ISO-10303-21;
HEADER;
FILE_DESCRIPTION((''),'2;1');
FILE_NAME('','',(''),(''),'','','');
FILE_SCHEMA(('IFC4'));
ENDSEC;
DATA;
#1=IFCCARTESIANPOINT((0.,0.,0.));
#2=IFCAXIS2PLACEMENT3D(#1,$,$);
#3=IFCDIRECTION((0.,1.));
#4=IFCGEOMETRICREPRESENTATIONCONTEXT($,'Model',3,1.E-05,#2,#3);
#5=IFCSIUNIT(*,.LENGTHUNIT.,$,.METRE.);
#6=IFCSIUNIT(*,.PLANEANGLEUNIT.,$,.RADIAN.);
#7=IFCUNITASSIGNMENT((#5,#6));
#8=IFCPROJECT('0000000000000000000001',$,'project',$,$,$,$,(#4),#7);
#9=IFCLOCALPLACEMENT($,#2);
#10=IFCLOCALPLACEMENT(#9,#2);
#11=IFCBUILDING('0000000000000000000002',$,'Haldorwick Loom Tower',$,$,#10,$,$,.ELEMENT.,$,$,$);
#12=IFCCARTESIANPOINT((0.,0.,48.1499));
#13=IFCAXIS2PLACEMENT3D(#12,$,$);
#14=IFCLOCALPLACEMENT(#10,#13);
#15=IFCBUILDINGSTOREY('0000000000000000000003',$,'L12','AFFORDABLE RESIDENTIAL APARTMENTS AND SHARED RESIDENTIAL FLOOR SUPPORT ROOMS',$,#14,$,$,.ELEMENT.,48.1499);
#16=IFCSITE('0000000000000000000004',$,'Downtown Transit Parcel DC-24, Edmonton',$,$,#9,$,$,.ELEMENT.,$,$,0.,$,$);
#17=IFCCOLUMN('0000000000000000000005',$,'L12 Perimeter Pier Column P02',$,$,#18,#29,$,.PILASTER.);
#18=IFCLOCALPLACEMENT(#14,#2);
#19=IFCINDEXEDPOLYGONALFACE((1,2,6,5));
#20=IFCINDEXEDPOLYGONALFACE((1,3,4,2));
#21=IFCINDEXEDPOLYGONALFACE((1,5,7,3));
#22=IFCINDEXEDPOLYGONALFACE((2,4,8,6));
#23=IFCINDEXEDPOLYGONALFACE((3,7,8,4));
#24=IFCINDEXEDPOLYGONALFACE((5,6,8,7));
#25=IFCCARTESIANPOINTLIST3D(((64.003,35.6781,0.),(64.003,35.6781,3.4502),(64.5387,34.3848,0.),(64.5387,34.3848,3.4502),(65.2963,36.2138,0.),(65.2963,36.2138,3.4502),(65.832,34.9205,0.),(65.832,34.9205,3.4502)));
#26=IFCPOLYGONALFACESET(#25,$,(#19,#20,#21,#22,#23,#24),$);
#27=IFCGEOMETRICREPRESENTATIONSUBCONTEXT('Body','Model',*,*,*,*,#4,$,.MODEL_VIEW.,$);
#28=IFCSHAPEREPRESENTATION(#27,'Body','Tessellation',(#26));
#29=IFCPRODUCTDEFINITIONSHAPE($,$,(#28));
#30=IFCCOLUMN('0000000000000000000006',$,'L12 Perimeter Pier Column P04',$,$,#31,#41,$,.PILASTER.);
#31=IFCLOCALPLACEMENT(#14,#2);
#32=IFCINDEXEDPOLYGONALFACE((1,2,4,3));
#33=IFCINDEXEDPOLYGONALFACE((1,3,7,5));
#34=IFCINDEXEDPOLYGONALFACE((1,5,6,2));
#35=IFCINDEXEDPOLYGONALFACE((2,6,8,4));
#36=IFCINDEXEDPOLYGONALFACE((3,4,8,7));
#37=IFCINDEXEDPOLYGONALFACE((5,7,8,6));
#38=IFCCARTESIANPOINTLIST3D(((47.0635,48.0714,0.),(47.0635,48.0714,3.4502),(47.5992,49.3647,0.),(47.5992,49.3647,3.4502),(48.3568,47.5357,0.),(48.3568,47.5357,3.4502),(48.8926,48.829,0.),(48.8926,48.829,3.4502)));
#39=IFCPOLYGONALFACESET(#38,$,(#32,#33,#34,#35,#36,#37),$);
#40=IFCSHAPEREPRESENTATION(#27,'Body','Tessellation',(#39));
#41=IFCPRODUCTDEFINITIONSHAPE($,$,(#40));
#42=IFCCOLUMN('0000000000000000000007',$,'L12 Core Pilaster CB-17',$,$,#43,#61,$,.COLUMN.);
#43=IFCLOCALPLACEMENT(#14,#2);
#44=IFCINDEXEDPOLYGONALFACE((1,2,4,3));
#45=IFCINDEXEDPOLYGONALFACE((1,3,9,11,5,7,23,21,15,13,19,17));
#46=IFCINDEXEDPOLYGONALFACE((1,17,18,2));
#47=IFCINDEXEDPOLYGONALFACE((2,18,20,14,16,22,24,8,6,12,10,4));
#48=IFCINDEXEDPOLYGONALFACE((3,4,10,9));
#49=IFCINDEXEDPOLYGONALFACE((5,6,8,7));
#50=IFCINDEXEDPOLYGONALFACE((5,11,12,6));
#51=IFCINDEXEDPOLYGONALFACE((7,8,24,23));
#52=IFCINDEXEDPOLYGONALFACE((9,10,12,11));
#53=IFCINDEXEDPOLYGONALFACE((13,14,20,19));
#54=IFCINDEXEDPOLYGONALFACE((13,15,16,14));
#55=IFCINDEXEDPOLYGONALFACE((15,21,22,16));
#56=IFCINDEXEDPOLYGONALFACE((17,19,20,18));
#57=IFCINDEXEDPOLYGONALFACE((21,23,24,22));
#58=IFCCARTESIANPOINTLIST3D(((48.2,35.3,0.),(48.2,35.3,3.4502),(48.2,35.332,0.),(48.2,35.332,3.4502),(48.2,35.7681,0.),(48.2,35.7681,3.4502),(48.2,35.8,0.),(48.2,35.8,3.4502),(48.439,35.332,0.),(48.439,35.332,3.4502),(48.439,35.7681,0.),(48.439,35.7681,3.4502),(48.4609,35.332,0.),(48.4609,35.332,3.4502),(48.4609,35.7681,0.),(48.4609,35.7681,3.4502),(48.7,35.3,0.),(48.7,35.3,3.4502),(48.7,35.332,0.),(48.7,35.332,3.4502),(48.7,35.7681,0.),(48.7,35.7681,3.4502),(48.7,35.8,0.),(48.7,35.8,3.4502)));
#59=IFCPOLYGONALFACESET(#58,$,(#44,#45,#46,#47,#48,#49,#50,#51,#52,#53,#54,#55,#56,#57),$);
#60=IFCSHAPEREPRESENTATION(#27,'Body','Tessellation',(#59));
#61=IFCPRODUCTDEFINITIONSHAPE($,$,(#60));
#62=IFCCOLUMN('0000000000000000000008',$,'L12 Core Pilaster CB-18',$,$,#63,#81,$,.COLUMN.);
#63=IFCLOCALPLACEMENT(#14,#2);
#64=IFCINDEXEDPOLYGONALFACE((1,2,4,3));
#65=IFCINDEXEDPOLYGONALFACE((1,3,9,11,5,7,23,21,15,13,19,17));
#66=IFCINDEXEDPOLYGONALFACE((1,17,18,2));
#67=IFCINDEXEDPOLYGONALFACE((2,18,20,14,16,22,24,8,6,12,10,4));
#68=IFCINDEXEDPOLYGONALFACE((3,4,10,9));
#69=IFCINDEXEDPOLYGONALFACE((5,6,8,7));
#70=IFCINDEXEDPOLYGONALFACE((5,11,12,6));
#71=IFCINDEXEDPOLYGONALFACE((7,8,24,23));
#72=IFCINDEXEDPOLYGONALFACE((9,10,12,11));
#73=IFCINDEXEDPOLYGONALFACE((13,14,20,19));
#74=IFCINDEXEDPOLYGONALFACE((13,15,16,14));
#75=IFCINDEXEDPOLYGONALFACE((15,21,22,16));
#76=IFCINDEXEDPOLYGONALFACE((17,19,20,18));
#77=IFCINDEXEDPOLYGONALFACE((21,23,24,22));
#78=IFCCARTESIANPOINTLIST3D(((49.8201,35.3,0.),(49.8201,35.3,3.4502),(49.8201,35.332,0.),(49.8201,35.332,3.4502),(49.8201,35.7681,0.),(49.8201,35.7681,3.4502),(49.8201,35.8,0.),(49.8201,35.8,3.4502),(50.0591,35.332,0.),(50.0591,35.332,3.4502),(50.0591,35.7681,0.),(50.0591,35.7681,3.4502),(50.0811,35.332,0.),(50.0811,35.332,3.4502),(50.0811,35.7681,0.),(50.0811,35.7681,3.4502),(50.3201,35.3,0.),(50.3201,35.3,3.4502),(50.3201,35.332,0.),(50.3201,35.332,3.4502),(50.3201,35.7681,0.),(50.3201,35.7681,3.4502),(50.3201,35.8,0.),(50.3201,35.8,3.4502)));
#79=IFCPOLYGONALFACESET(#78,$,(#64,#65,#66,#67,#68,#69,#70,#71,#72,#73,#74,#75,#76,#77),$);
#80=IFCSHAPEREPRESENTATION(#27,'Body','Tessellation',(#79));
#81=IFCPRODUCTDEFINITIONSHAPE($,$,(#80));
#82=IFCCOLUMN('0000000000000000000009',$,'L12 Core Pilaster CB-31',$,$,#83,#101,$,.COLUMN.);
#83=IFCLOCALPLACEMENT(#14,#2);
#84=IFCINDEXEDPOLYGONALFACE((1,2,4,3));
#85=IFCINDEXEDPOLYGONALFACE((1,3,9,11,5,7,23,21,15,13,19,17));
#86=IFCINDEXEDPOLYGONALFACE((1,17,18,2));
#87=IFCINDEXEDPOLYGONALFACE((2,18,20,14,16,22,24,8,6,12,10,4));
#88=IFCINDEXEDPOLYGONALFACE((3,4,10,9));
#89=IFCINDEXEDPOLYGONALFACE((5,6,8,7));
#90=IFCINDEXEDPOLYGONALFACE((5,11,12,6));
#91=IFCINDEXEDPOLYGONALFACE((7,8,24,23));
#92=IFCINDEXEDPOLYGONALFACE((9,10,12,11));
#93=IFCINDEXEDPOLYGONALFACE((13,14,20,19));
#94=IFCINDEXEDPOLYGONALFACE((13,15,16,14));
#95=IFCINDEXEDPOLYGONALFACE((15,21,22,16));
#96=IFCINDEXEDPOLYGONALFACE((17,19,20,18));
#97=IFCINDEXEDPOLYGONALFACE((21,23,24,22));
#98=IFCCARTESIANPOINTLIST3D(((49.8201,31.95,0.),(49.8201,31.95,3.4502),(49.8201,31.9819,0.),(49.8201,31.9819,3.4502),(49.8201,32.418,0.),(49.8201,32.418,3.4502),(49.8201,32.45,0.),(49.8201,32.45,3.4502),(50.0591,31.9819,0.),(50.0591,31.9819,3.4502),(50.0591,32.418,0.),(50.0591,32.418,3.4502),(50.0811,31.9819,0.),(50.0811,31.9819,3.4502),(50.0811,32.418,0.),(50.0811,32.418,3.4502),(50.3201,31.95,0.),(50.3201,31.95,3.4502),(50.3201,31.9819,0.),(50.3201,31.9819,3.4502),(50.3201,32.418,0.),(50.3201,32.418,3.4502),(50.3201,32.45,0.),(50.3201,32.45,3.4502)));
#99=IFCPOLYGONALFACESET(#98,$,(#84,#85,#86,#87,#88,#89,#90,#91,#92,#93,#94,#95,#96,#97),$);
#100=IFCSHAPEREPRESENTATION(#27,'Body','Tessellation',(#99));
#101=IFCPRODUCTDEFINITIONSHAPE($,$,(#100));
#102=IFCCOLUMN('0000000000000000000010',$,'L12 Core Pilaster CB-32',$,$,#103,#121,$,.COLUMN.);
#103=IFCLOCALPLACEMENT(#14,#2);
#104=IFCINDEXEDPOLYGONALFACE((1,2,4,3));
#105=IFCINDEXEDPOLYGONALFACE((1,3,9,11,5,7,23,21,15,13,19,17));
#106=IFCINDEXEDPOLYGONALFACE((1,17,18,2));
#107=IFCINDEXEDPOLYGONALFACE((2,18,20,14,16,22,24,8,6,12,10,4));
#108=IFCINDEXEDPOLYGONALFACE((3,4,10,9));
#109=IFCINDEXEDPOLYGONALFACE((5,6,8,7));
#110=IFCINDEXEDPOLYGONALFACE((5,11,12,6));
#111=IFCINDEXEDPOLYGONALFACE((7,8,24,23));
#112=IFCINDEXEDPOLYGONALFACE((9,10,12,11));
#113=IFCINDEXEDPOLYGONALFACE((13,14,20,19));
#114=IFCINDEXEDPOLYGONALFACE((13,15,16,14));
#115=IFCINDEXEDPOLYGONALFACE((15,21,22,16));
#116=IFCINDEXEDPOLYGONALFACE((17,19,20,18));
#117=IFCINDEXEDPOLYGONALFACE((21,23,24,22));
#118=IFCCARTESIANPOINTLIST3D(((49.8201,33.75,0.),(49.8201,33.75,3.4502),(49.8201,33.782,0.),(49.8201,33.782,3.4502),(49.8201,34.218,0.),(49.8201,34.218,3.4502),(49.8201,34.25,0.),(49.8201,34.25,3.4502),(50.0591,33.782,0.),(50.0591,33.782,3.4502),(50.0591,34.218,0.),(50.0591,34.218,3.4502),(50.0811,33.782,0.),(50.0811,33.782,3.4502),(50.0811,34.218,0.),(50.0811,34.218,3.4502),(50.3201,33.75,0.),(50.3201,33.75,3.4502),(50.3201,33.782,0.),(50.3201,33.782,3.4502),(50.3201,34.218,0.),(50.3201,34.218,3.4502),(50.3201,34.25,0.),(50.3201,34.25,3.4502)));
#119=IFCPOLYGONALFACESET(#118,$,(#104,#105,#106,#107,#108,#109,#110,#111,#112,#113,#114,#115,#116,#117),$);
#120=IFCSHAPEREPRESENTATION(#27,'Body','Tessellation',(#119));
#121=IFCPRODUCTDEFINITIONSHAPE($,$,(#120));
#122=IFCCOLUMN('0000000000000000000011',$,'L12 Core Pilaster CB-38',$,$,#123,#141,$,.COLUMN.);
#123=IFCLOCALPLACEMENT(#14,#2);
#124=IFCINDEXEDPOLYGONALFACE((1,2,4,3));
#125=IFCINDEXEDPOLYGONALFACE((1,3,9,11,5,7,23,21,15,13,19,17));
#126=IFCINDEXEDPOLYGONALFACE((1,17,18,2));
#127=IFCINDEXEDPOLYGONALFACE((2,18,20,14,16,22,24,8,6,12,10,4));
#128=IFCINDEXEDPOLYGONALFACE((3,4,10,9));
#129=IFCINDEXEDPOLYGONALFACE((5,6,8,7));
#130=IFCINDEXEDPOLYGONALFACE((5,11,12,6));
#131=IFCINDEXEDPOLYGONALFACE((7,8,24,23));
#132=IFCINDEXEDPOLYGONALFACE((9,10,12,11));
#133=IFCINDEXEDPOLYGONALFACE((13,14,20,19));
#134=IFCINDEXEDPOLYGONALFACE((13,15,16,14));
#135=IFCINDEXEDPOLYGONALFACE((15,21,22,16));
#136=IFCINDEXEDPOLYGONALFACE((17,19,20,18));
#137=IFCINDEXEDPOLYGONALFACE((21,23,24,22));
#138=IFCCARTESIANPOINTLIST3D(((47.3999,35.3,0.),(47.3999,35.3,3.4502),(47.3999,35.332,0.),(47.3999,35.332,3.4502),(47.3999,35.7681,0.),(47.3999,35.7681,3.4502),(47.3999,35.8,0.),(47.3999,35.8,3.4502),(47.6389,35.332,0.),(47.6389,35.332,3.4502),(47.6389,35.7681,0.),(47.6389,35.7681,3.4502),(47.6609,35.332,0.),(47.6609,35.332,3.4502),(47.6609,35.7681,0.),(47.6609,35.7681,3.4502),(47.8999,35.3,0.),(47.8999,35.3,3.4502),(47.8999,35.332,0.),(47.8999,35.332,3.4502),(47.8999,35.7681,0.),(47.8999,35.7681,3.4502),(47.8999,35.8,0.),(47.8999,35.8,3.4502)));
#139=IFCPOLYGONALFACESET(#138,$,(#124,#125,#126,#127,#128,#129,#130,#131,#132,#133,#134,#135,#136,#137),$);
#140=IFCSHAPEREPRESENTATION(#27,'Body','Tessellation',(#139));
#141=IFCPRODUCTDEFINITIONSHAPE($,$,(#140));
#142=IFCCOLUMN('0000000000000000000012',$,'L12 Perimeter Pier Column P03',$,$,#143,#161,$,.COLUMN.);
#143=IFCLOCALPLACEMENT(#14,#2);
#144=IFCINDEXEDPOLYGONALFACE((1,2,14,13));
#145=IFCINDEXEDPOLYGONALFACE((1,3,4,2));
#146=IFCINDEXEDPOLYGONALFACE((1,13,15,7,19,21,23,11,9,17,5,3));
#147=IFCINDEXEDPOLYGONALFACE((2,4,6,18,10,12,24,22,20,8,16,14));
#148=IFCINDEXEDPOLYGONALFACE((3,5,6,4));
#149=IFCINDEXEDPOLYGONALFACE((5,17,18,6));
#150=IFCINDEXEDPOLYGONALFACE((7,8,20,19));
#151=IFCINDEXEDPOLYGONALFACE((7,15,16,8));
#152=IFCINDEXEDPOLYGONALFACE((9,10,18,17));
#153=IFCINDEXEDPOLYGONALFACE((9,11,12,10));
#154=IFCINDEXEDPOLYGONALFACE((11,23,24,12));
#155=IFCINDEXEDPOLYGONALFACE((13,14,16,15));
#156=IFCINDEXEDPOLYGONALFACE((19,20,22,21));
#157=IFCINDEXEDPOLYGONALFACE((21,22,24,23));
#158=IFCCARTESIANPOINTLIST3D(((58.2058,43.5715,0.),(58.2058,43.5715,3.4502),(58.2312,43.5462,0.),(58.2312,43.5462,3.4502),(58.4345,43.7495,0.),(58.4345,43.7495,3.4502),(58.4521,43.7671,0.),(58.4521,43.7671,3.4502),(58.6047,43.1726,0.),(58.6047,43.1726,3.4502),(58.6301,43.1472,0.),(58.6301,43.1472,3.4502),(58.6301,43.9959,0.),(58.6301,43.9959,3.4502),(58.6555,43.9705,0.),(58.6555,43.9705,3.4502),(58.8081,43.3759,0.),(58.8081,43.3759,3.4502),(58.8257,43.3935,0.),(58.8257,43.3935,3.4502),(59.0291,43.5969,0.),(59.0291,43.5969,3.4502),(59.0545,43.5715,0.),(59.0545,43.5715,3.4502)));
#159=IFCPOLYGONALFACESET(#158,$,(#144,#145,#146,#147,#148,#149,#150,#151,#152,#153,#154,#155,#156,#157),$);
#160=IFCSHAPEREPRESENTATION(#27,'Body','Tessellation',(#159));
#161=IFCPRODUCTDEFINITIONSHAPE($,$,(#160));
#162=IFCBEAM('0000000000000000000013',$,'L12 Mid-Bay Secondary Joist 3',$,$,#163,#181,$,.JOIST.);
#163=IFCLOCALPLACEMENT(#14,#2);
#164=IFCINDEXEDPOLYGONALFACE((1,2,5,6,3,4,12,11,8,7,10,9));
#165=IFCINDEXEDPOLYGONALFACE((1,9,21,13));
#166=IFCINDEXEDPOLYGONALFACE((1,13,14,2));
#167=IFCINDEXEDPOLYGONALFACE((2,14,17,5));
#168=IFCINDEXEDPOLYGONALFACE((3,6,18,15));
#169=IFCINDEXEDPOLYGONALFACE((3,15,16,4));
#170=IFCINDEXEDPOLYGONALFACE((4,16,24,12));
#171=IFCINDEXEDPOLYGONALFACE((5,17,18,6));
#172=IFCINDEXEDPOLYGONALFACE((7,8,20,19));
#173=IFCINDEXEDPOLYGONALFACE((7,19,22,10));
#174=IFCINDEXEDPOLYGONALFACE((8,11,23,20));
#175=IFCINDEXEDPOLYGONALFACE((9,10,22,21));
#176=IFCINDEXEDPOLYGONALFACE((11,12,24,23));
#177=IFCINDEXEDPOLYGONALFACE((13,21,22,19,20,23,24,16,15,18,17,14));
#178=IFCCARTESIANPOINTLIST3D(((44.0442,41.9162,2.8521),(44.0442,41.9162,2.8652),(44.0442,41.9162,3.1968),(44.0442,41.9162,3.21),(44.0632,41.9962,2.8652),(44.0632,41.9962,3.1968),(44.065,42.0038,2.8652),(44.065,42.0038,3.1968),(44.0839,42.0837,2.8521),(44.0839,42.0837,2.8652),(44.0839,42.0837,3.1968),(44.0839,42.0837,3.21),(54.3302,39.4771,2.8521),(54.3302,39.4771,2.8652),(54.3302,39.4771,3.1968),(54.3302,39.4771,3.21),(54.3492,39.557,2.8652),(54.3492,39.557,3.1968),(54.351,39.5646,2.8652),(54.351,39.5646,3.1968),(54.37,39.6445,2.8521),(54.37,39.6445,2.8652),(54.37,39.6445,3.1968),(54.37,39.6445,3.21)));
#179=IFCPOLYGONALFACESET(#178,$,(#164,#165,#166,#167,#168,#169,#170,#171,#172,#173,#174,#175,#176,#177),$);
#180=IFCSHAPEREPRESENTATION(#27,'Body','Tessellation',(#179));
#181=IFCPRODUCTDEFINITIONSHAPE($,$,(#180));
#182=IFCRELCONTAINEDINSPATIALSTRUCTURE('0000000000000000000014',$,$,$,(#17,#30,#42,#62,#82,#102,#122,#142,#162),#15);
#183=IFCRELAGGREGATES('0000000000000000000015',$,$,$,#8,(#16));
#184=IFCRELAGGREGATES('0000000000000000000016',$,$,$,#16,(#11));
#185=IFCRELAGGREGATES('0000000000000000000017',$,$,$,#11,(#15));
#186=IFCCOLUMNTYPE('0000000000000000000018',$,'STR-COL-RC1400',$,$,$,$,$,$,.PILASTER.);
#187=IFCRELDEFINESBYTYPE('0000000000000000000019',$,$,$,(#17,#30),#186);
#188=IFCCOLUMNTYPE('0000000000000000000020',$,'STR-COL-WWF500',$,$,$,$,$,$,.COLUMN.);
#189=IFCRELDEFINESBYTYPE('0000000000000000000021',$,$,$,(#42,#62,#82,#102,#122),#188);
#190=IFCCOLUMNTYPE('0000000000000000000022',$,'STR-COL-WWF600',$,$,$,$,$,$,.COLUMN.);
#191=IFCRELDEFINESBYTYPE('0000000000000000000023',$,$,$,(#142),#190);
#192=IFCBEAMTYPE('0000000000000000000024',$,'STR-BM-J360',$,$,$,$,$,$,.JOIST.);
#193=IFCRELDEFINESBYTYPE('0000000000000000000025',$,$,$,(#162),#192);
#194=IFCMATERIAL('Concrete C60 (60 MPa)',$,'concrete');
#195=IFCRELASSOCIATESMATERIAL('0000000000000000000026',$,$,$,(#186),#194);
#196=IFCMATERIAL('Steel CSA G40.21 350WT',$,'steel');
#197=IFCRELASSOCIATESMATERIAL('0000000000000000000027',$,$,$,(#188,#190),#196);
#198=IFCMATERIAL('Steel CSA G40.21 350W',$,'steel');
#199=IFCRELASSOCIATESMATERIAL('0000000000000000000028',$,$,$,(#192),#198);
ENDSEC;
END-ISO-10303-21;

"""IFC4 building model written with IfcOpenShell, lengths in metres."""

from ifc_helpers import new_model, si_unit, direction, frame, origin, origin_2d, place, context, subcontext, project, spatial, rectangle, i_section, extrude, material, material_profile, profile_set, type_object, element, save


model = new_model("IFC4")

# Units and contexts
model_context = context("Model", 3, precision=1e-05, world=origin(), true_north=direction((0.0, 1.0)))
body_context = subcontext(model_context, "Body", "Model", "MODEL_VIEW")
ifc_project = project(units=[si_unit("LENGTHUNIT", "METRE"), si_unit("PLANEANGLEUNIT", "RADIAN")], contexts=[model_context])

# Site, building, storey
site_placement = place(None, origin())
site = spatial("IfcSite", under=ifc_project, at=site_placement, Name="Downtown Transit Parcel DC-24, Edmonton", CompositionType="ELEMENT", RefElevation=0.0)
building_placement = place(site_placement, origin())
building = spatial("IfcBuilding", under=site, at=building_placement, Name="Haldorwick Loom Tower", CompositionType="ELEMENT")
storey_placement = place(building_placement, frame((0.0, 0.0, 48.1499)))
storey = spatial("IfcBuildingStorey", under=building, at=storey_placement, Name="L12", Description="AFFORDABLE RESIDENTIAL APARTMENTS AND SHARED RESIDENTIAL FLOOR SUPPORT ROOMS", CompositionType="ELEMENT", Elevation=48.1499)

# Columns
ifc_material_1 = material(Name="Concrete C60 (60 MPa)", Category="concrete")
ifc_material_profile_1 = material_profile(ifc_material_1, rectangle(XDim=1.3999, YDim=1.3999, at=origin_2d()), Name="RC1400X1400", Category="concrete")
ifc_profile_set_1 = profile_set([ifc_material_profile_1], Name="Concrete C60 (60 MPa)")
column_type_1 = type_object("IfcColumnType", Name="STR-COL-RC1400", PredefinedType="PILASTER", material=ifc_profile_set_1)
for number, where, z_axis, x_axis, name in (
    (1, (64.9175, 35.2993, 0.0), (0.0, 0.0, 1.0), (0.92388, 0.382683, 0.0), "L12 Perimeter Pier Column P02"),
    (2, (47.978, 48.4502, 0.0), (0.0, 0.0, 1.0), (0.382683, 0.92388, 0.0), "L12 Perimeter Pier Column P04"),
):
    element("IfcColumn", number, at=place(storey_placement, frame(where, z_axis=z_axis, x_axis=x_axis)), inside=storey, type_object=column_type_1, Name=name, PredefinedType="PILASTER", context=body_context, shape_type="SweptSolid", body=[
        extrude(rectangle(XDim=1.3999, YDim=1.3999, at=origin_2d()), origin(), (0.0, 0.0, 1.0), 3.4502),
    ])
ifc_material_2 = material(Name="Steel CSA G40.21 350WT", Category="steel")
ifc_material_profile_2 = material_profile(ifc_material_2, i_section(OverallWidth=0.5, OverallDepth=0.5, WebThickness=0.022, FlangeThickness=0.032, at=origin_2d()), Name="WWF500X500", Category="steel")
ifc_profile_set_2 = profile_set([ifc_material_profile_2], Name="Steel CSA G40.21 350WT")
column_type_2 = type_object("IfcColumnType", Name="STR-COL-WWF500", PredefinedType="COLUMN", material=ifc_profile_set_2)
for number, where, z_axis, x_axis, name in (
    (3, (48.45, 35.55, 0.0), (0.0, 0.0, 1.0), (1.0, 0.0, 0.0), "L12 Core Pilaster CB-17"),
    (4, (50.0701, 35.55, 0.0), (0.0, 0.0, 1.0), (1.0, 0.0, 0.0), "L12 Core Pilaster CB-18"),
    (5, (50.0701, 32.2, 0.0), (0.0, 0.0, 1.0), (1.0, 0.0, 0.0), "L12 Core Pilaster CB-31"),
    (6, (50.0701, 34.0, 0.0), (0.0, 0.0, 1.0), (1.0, 0.0, 0.0), "L12 Core Pilaster CB-32"),
    (7, (47.6499, 35.55, 0.0), (0.0, 0.0, 1.0), (1.0, 0.0, 0.0), "L12 Core Pilaster CB-38"),
):
    element("IfcColumn", number, at=place(storey_placement, frame(where, z_axis=z_axis, x_axis=x_axis)), inside=storey, type_object=column_type_2, Name=name, PredefinedType="COLUMN", context=body_context, shape_type="SweptSolid", body=[
        extrude(i_section(OverallWidth=0.5, OverallDepth=0.5, WebThickness=0.022, FlangeThickness=0.032, at=origin_2d()), origin(), (0.0, 0.0, 1.0), 3.4502),
    ])
ifc_material_profile_3 = material_profile(ifc_material_2, i_section(OverallWidth=0.6001, OverallDepth=0.6001, WebThickness=0.0249, FlangeThickness=0.0359, at=origin_2d()), Name="WWF600X600", Category="steel")
ifc_profile_set_3 = profile_set([ifc_material_profile_3], Name="Steel CSA G40.21 350WT")
column_type_3 = type_object("IfcColumnType", Name="STR-COL-WWF600", PredefinedType="COLUMN", material=ifc_profile_set_3)
column_placement = place(storey_placement, frame((58.6301, 43.5715, 0.0), z_axis=(0.0, 0.0, 1.0), x_axis=(0.707107, 0.707107, 0.0)))
element("IfcColumn", 8, at=column_placement, inside=storey, type_object=column_type_3, Name="L12 Perimeter Pier Column P03", PredefinedType="COLUMN", context=body_context, shape_type="SweptSolid", body=[
    extrude(i_section(OverallWidth=0.6001, OverallDepth=0.6001, WebThickness=0.0249, FlangeThickness=0.0359, at=origin_2d()), origin(), (0.0, 0.0, 1.0), 3.4502),
])

# Beam
ifc_material_3 = material(Name="Steel CSA G40.21 350W", Category="steel")
ifc_material_profile_4 = material_profile(ifc_material_3, i_section(OverallWidth=0.1721, OverallDepth=0.3579, WebThickness=0.0078, FlangeThickness=0.0132, at=origin_2d()), Name="W360X57", Category="steel")
ifc_profile_set_4 = profile_set([ifc_material_profile_4], Name="Steel CSA G40.21 350W")
beam_type_1 = type_object("IfcBeamType", Name="STR-BM-J360", PredefinedType="JOIST", material=ifc_profile_set_4)
beam_1_placement = place(storey_placement, frame((54.3501, 39.5608, 3.031), z_axis=(-0.973016, 0.230737, 0.0), x_axis=(-0.230737, -0.973016, 0.0)))
element("IfcBeam", 9, at=beam_1_placement, inside=storey, type_object=beam_type_1, Name="L12 Mid-Bay Secondary Joist 3", PredefinedType="JOIST", context=body_context, shape_type="SweptSolid", body=[
    extrude(i_section(OverallWidth=0.1721, OverallDepth=0.3579, WebThickness=0.0078, FlangeThickness=0.0132, at=origin_2d()), origin(), (0.0, 0.0, 1.0), 10.5713),
])

save(model, "model.ifc")
